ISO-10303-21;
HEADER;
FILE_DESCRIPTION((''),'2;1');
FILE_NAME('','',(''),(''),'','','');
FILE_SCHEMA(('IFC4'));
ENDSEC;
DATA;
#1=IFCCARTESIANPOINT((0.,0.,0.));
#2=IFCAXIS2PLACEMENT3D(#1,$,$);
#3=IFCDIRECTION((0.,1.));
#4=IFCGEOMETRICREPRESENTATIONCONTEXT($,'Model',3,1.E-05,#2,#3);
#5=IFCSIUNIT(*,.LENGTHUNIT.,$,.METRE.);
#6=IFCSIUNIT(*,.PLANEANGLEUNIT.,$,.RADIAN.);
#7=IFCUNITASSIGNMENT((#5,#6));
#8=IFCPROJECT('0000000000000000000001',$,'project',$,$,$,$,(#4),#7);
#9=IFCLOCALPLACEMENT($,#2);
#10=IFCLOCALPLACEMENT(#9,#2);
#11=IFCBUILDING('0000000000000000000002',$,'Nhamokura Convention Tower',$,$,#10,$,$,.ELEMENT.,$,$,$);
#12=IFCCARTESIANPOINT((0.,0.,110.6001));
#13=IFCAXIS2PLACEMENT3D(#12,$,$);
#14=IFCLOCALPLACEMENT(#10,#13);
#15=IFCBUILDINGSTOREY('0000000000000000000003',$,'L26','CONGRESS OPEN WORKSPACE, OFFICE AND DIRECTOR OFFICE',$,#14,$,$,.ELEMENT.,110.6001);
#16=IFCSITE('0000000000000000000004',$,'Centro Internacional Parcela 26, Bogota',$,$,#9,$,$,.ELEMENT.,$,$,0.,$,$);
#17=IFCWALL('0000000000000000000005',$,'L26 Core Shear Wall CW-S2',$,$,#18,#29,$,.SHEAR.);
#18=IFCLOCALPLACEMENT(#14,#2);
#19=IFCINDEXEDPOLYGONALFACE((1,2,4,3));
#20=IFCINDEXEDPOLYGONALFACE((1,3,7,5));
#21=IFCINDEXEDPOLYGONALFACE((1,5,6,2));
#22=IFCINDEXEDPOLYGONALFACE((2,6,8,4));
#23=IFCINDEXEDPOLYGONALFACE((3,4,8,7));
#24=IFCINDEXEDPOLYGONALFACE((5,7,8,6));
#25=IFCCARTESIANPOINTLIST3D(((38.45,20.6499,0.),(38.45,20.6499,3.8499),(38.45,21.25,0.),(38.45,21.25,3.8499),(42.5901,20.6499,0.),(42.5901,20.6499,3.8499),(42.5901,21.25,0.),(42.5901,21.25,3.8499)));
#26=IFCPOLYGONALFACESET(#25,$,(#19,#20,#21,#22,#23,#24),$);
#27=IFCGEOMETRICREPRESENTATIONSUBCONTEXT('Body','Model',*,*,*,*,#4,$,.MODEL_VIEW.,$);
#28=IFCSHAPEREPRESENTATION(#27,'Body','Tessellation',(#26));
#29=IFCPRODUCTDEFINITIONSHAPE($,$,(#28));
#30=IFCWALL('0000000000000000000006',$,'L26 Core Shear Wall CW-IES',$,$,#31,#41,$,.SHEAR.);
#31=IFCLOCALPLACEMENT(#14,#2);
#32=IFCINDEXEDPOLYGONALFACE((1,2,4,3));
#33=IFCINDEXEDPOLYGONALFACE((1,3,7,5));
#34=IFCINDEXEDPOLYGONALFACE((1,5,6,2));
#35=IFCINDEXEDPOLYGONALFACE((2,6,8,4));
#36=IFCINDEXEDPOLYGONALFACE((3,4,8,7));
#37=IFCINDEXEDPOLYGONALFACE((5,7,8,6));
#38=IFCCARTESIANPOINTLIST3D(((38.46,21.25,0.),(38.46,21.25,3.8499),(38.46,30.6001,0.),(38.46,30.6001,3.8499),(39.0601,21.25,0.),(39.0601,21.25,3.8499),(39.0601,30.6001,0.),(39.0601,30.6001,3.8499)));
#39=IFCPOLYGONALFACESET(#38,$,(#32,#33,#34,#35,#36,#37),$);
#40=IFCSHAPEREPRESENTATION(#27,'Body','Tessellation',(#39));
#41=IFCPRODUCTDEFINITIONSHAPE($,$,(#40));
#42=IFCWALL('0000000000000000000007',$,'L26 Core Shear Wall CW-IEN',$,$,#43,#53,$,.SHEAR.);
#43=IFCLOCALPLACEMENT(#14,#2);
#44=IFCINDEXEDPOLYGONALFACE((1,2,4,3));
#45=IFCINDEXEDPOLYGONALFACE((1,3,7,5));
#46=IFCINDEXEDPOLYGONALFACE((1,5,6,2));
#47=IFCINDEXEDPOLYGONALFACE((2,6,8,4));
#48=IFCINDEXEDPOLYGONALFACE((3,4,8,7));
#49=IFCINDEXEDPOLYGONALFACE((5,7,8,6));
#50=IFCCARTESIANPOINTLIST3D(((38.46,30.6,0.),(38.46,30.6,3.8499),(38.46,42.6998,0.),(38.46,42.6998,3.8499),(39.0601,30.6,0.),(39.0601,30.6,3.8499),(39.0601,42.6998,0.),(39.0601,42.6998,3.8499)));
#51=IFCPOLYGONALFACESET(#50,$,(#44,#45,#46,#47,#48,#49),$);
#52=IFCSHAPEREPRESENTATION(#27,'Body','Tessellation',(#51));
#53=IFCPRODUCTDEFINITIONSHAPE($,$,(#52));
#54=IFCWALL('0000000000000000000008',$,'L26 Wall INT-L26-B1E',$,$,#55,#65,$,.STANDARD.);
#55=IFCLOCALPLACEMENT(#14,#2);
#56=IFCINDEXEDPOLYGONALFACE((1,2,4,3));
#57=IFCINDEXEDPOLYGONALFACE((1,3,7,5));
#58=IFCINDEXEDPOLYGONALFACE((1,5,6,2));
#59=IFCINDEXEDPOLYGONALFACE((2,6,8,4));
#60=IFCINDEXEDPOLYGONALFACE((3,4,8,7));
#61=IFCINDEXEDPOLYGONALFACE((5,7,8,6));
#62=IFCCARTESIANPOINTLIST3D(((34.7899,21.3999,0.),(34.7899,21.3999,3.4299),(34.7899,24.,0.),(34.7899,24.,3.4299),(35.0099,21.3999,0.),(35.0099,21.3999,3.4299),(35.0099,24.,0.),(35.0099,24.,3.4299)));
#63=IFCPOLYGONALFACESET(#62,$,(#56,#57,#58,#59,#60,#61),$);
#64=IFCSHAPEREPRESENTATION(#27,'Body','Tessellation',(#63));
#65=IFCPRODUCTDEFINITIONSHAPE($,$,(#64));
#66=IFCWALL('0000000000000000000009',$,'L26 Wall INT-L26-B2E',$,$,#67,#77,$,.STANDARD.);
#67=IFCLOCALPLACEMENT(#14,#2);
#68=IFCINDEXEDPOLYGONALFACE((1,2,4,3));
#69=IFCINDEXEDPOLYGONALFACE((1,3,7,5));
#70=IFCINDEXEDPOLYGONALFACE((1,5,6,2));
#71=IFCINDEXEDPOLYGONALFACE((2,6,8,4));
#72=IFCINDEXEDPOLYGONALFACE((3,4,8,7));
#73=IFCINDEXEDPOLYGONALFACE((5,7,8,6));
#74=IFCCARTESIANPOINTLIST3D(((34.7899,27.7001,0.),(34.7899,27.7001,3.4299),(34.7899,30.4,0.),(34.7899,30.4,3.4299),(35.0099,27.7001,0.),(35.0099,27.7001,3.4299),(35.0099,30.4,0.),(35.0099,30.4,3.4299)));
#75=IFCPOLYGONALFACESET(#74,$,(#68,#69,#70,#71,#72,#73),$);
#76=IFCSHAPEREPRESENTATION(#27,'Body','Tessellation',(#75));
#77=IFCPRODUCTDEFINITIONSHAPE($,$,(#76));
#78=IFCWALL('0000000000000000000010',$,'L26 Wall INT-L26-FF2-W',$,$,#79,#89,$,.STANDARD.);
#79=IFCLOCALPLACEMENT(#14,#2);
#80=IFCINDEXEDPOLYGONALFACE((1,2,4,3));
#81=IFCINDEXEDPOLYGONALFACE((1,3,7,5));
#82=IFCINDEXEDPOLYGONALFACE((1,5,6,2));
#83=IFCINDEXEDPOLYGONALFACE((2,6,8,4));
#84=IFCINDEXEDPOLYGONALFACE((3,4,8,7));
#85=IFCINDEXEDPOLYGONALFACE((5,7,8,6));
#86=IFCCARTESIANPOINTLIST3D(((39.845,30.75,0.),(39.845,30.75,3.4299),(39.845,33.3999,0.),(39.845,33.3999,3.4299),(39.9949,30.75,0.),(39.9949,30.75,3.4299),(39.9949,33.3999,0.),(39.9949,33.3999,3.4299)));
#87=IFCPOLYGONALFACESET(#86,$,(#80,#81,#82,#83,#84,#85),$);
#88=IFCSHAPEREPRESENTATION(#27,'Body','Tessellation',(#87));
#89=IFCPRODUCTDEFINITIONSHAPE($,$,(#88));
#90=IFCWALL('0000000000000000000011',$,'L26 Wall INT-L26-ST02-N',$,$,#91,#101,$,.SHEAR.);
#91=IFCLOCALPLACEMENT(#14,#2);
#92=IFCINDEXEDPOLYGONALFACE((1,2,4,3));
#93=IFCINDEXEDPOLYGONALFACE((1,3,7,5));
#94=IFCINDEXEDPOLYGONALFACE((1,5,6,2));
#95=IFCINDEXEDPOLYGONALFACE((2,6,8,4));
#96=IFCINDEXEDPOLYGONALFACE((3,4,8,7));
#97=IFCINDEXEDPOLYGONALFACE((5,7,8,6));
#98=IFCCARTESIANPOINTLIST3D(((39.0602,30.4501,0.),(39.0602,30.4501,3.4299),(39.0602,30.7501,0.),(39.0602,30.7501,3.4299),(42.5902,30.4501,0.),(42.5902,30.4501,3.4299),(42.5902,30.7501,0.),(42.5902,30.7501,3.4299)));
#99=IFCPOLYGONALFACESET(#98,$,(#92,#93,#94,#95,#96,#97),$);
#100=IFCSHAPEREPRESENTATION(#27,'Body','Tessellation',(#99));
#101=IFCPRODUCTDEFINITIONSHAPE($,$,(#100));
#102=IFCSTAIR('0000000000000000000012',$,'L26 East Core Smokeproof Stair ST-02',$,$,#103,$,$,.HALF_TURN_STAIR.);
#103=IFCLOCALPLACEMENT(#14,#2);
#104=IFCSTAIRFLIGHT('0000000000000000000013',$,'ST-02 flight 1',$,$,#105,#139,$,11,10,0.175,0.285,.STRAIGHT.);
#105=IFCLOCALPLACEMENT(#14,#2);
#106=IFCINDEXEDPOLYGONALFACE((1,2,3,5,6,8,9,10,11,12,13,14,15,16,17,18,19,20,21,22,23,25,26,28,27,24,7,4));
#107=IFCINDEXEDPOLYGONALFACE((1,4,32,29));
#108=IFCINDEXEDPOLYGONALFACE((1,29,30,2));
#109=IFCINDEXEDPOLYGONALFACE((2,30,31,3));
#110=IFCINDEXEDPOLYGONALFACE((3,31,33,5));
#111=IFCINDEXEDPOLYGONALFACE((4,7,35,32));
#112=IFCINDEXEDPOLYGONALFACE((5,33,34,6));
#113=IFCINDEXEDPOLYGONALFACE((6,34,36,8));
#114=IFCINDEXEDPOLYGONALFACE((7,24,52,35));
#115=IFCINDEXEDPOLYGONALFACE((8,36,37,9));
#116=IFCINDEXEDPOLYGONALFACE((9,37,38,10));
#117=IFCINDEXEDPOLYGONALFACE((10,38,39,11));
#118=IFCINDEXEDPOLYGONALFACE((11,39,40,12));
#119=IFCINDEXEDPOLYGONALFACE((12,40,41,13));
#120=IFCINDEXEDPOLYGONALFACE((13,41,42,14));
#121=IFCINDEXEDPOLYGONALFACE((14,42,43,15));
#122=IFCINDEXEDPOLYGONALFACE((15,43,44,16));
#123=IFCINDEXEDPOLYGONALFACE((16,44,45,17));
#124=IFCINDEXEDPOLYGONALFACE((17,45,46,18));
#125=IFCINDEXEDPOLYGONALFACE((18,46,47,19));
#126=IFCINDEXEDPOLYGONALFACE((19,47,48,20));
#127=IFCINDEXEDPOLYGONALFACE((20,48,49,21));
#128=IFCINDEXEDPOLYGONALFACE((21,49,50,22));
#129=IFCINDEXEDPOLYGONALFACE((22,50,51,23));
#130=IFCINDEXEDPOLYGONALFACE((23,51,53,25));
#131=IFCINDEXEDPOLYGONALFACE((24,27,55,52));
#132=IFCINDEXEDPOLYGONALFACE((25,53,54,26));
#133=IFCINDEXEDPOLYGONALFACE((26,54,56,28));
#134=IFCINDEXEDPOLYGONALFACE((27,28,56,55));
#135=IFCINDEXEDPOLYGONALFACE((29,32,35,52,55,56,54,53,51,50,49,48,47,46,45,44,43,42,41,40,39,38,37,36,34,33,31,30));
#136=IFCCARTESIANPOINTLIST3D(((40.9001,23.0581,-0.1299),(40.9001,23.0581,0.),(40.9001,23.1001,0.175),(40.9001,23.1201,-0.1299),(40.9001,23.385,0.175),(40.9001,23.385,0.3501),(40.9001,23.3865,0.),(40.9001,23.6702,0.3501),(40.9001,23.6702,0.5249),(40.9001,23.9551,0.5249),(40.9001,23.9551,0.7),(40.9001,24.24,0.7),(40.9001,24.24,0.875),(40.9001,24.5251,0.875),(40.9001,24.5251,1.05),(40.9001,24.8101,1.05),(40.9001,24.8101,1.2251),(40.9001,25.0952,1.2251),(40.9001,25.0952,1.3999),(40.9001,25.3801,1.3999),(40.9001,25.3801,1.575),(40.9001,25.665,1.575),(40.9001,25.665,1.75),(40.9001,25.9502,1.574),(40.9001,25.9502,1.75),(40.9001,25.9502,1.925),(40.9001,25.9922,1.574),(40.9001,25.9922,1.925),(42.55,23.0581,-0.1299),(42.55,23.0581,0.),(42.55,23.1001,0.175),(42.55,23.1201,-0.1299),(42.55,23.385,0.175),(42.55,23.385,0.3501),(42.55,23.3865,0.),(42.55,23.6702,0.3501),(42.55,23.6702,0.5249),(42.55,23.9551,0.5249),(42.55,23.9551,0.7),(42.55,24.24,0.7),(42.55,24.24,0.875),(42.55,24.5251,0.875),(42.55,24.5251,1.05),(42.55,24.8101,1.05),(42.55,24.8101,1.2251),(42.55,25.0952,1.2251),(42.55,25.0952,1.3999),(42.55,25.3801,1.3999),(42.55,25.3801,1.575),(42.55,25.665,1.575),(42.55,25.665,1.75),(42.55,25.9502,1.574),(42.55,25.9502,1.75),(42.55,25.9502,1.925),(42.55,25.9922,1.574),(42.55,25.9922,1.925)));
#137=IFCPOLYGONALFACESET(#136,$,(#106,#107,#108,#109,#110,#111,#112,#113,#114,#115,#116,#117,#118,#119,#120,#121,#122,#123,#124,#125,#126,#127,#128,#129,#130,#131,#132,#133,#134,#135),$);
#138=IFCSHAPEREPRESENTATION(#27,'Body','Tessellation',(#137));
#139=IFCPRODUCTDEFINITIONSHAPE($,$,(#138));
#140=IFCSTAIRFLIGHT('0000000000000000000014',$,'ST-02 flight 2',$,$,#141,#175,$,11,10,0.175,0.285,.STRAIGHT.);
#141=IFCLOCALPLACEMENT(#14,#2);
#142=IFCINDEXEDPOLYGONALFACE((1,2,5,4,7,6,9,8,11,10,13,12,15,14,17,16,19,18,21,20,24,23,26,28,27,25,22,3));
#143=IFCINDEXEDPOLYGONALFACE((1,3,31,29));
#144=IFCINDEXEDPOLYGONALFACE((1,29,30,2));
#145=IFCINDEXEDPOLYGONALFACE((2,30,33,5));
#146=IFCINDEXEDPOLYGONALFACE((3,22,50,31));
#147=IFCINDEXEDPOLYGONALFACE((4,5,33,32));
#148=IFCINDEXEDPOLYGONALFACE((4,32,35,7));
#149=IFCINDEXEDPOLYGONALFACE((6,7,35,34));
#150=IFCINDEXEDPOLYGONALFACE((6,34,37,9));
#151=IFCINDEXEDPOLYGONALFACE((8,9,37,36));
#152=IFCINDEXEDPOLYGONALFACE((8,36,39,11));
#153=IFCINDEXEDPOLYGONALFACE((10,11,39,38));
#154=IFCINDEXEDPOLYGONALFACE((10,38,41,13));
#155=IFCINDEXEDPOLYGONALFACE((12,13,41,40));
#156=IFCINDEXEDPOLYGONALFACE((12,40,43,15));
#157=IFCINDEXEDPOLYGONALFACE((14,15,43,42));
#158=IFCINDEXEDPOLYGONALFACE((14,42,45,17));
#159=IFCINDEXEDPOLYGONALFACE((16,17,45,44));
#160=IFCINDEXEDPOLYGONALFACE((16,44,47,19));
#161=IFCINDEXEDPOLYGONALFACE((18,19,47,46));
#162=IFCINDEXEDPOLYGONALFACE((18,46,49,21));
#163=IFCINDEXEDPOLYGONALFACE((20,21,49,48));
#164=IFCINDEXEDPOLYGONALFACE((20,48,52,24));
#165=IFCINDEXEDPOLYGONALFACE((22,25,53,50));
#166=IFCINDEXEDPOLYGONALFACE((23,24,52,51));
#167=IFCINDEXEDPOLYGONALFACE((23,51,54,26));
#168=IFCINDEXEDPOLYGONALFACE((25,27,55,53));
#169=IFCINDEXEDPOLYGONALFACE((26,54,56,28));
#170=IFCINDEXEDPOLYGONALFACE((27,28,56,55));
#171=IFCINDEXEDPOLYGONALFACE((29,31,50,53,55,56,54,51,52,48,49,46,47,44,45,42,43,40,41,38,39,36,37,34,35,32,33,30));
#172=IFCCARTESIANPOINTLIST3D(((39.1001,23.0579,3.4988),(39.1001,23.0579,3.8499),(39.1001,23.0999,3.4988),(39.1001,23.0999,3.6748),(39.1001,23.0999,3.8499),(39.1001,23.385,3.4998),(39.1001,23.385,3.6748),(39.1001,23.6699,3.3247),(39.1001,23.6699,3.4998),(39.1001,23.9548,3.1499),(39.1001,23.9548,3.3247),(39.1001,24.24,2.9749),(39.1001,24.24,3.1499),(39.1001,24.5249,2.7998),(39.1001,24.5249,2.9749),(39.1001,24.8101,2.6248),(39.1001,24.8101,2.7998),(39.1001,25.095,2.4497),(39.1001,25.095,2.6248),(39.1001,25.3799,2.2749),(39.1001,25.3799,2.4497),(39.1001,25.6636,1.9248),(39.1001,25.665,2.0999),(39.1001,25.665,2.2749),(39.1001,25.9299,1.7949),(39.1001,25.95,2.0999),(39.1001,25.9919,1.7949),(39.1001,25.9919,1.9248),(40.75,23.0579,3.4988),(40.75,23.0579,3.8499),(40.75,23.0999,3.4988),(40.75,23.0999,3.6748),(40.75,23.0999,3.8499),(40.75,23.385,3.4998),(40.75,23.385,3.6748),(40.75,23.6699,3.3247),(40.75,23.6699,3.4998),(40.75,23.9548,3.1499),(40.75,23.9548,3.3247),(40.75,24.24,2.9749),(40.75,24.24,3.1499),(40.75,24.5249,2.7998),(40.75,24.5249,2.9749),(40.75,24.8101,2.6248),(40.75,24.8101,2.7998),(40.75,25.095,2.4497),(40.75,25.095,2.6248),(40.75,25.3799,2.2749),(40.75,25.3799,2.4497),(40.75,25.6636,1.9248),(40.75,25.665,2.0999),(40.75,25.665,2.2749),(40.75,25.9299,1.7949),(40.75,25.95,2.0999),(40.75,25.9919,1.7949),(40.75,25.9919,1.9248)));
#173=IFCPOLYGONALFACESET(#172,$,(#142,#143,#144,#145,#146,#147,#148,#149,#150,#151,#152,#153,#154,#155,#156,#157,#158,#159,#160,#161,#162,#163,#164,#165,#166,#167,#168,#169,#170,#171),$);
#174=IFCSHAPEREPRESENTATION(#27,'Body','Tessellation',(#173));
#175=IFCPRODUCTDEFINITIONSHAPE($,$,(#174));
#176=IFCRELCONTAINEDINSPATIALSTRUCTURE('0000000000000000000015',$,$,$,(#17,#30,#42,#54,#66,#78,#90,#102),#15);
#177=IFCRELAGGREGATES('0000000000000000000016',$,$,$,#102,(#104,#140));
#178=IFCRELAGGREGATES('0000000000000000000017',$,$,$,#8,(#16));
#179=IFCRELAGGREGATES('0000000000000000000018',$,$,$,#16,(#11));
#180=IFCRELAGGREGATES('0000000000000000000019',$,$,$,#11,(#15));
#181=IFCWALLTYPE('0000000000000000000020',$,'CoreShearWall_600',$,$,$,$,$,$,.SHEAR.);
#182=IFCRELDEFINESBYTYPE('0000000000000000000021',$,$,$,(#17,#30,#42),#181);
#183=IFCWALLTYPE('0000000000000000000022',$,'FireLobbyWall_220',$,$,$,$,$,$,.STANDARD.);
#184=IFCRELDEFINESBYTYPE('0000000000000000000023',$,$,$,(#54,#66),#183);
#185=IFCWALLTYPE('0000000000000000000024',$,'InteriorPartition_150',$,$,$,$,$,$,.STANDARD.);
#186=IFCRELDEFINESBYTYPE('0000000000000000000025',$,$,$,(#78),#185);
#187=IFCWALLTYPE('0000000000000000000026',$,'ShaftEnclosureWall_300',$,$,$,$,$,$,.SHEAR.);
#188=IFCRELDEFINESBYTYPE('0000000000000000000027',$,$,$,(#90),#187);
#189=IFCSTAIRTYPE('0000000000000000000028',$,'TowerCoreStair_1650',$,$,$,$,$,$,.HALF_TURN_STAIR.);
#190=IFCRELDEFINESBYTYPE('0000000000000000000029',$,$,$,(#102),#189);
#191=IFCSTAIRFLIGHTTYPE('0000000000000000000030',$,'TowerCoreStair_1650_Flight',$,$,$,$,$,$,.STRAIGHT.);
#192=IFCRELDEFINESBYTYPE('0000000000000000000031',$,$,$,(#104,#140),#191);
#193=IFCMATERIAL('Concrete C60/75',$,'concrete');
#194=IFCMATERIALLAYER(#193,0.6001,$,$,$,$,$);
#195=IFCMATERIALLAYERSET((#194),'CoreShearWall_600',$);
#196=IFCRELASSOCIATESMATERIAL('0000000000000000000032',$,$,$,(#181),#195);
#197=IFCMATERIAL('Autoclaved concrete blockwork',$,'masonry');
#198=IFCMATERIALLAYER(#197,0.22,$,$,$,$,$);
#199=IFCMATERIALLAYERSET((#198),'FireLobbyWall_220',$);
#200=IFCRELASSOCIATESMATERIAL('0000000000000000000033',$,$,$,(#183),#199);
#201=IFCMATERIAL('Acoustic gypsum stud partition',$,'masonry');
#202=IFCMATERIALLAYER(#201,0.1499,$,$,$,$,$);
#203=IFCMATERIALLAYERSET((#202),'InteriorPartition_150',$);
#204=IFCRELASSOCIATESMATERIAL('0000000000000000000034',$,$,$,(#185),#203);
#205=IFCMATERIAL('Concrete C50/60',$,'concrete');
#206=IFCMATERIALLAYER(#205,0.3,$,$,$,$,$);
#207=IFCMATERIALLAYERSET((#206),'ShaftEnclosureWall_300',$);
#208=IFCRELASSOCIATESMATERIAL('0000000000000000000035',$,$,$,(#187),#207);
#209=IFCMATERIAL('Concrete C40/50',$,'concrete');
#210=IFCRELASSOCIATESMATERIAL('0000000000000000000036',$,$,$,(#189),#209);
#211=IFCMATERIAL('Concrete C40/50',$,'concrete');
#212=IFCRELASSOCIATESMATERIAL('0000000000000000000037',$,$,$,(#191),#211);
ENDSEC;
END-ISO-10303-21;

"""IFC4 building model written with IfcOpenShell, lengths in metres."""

from ifc_helpers import new_model, si_unit, direction, frame, frame_2d, origin, place, context, subcontext, project, spatial, polyline, rectangle, outline, extrude, material, layer, layer_set, type_object, element, aggregate, save


model = new_model("IFC4")

# Units and contexts
model_context = context("Model", 3, precision=1e-05, world=origin(), true_north=direction((0.0, 1.0)))
body_context = subcontext(model_context, "Body", "Model", "MODEL_VIEW")
ifc_project = project(units=[si_unit("LENGTHUNIT", "METRE"), si_unit("PLANEANGLEUNIT", "RADIAN")], contexts=[model_context])

# Site, building, storey
site_placement = place(None, origin())
site = spatial("IfcSite", under=ifc_project, at=site_placement, Name="Centro Internacional Parcela 26, Bogota", CompositionType="ELEMENT", RefElevation=0.0)
building_placement = place(site_placement, origin())
building = spatial("IfcBuilding", under=site, at=building_placement, Name="Nhamokura Convention Tower", CompositionType="ELEMENT")
storey_placement = place(building_placement, frame((0.0, 0.0, 110.6001)))
storey = spatial("IfcBuildingStorey", under=building, at=storey_placement, Name="L26", Description="CONGRESS OPEN WORKSPACE, OFFICE AND DIRECTOR OFFICE", CompositionType="ELEMENT", Elevation=110.6001)

# Shared definitions
ifc_material_1 = material(Name="Concrete C60/75", Category="concrete")
ifc_layer_1 = layer(ifc_material_1, 0.6001)
ifc_layer_set_1 = layer_set([ifc_layer_1], Name="CoreShearWall_600")
wall_type_1 = type_object("IfcWallType", Name="CoreShearWall_600", PredefinedType="SHEAR", material=ifc_layer_set_1)

# Walls
wall_1_placement = place(storey_placement, frame((38.45, 20.95, 0.0), z_axis=(0.0, 0.0, 1.0), x_axis=(1.0, 0.0, 0.0)))
element("IfcWall", 1, at=wall_1_placement, inside=storey, type_object=wall_type_1, Name="L26 Core Shear Wall CW-S2", PredefinedType="SHEAR", context=body_context, shape_type="SweptSolid", body=[
    extrude(rectangle(XDim=4.1401, YDim=0.6001, at=frame_2d((2.0701, 0.0))), origin(), (0.0, 0.0, 1.0), 3.8499),
])
wall_2_placement = place(storey_placement, frame((38.76, 21.25, 0.0), z_axis=(0.0, 0.0, 1.0), x_axis=(0.0, 1.0, 0.0)))
element("IfcWall", 2, at=wall_2_placement, inside=storey, type_object=wall_type_1, Name="L26 Core Shear Wall CW-IES", PredefinedType="SHEAR", context=body_context, shape_type="SweptSolid", body=[
    extrude(rectangle(XDim=9.3501, YDim=0.6001, at=frame_2d((4.675, 0.0))), origin(), (0.0, 0.0, 1.0), 3.8499),
])
wall_3_placement = place(storey_placement, frame((38.76, 30.6001, 0.0), z_axis=(0.0, 0.0, 1.0), x_axis=(0.0, 1.0, 0.0)))
element("IfcWall", 3, at=wall_3_placement, inside=storey, type_object=wall_type_1, Name="L26 Core Shear Wall CW-IEN", PredefinedType="SHEAR", context=body_context, shape_type="SweptSolid", body=[
    extrude(rectangle(XDim=12.0999, YDim=0.6001, at=frame_2d((6.0498, 0.0))), origin(), (0.0, 0.0, 1.0), 3.8499),
])
ifc_material_2 = material(Name="Autoclaved concrete blockwork", Category="masonry")
ifc_layer_2 = layer(ifc_material_2, 0.22)
ifc_layer_set_2 = layer_set([ifc_layer_2], Name="FireLobbyWall_220")
wall_type_2 = type_object("IfcWallType", Name="FireLobbyWall_220", PredefinedType="STANDARD", material=ifc_layer_set_2)
wall_4_placement = place(storey_placement, frame((34.8999, 21.3999, 0.0), z_axis=(0.0, 0.0, 1.0), x_axis=(0.0, 1.0, 0.0)))
element("IfcWall", 4, at=wall_4_placement, inside=storey, type_object=wall_type_2, Name="L26 Wall INT-L26-B1E", PredefinedType="STANDARD", context=body_context, shape_type="SweptSolid", body=[
    extrude(rectangle(XDim=2.6001, YDim=0.22, at=frame_2d((1.3, 0.0))), origin(), (0.0, 0.0, 1.0), 3.4299),
])
wall_5_placement = place(storey_placement, frame((34.8999, 27.7, 0.0), z_axis=(0.0, 0.0, 1.0), x_axis=(0.0, 1.0, 0.0)))
element("IfcWall", 5, at=wall_5_placement, inside=storey, type_object=wall_type_2, Name="L26 Wall INT-L26-B2E", PredefinedType="STANDARD", context=body_context, shape_type="SweptSolid", body=[
    extrude(rectangle(XDim=2.7, YDim=0.22, at=frame_2d((1.3501, 0.0))), origin(), (0.0, 0.0, 1.0), 3.4299),
])
ifc_material_3 = material(Name="Acoustic gypsum stud partition", Category="masonry")
ifc_layer_3 = layer(ifc_material_3, 0.1499)
ifc_layer_set_3 = layer_set([ifc_layer_3], Name="InteriorPartition_150")
wall_type_3 = type_object("IfcWallType", Name="InteriorPartition_150", PredefinedType="STANDARD", material=ifc_layer_set_3)
wall_6_placement = place(storey_placement, frame((39.9199, 30.75, 0.0), z_axis=(0.0, 0.0, 1.0), x_axis=(0.0, 1.0, 0.0)))
element("IfcWall", 6, at=wall_6_placement, inside=storey, type_object=wall_type_3, Name="L26 Wall INT-L26-FF2-W", PredefinedType="STANDARD", context=body_context, shape_type="SweptSolid", body=[
    extrude(rectangle(XDim=2.6499, YDim=0.1499, at=frame_2d((1.325, 0.0))), origin(), (0.0, 0.0, 1.0), 3.4299),
])
ifc_material_4 = material(Name="Concrete C50/60", Category="concrete")
ifc_layer_4 = layer(ifc_material_4, 0.3)
ifc_layer_set_4 = layer_set([ifc_layer_4], Name="ShaftEnclosureWall_300")
wall_type_4 = type_object("IfcWallType", Name="ShaftEnclosureWall_300", PredefinedType="SHEAR", material=ifc_layer_set_4)
wall_7_placement = place(storey_placement, frame((39.0601, 30.6001, 0.0), z_axis=(0.0, 0.0, 1.0), x_axis=(1.0, 0.0, 0.0)))
element("IfcWall", 7, at=wall_7_placement, inside=storey, type_object=wall_type_4, Name="L26 Wall INT-L26-ST02-N", PredefinedType="SHEAR", context=body_context, shape_type="SweptSolid", body=[
    extrude(rectangle(XDim=3.53, YDim=0.3, at=frame_2d((1.7651, 0.0))), origin(), (0.0, 0.0, 1.0), 3.4299),
])

# Stair, stair flights
ifc_material_5 = material(Name="Concrete C40/50", Category="concrete")
stair_type = type_object("IfcStairType", Name="TowerCoreStair_1650", PredefinedType="HALF_TURN_STAIR", material=ifc_material_5)
stair_placement = place(storey_placement, origin())
stair = element("IfcStair", 8, at=stair_placement, inside=storey, type_object=stair_type, Name="L26 East Core Smokeproof Stair ST-02", PredefinedType="HALF_TURN_STAIR")
ifc_material_6 = material(Name="Concrete C40/50", Category="concrete")
stair_flight_type = type_object("IfcStairFlightType", Name="TowerCoreStair_1650_Flight", PredefinedType="STRAIGHT", material=ifc_material_6)
stair_flight_1_placement = place(storey_placement, frame((41.7251, 23.1001, 0.0), z_axis=(0.0, 0.0, 1.0), x_axis=(0.0, 1.0, 0.0)))
stair_flight_1 = element("IfcStairFlight", 9, at=stair_flight_1_placement, type_object=stair_flight_type, Name="ST-02 flight 1", NumberOfRisers=11, NumberOfTreads=10, PredefinedType="STRAIGHT", RiserHeight=0.175, TreadLength=0.285, context=body_context, shape_type="SweptSolid", body=[
    extrude(outline(polyline([(-0.042, 0.0), (0.0, 0.175), (0.2849, 0.175), (0.2849, 0.3501), (0.5701, 0.3501), (0.5701, 0.5249), (0.855, 0.5249), (0.855, 0.7), (1.1399, 0.7), (1.1399, 0.875), (1.425, 0.875), (1.425, 1.05), (1.71, 1.05), (1.71, 1.2251), (1.9951, 1.2251), (1.9951, 1.3999), (2.28, 1.3999), (2.28, 1.575), (2.5649, 1.575), (2.5649, 1.75), (2.8501, 1.75), (2.8501, 1.925), (2.8921, 1.925), (2.8921, 1.574), (2.8501, 1.574), (0.2864, 0.0), (0.02, -0.1299), (-0.042, -0.1299), (-0.042, 0.0)])), frame((0.0, 0.825, 0.0), z_axis=(0.0, -1.0, 0.0), x_axis=(1.0, 0.0, 0.0)), (0.0, 0.0, 1.0), 1.6499),
])
stair_flight_2_placement = place(storey_placement, frame((39.925, 25.95, 1.9248), z_axis=(0.0, 0.0, 1.0), x_axis=(0.0, -1.0, 0.0)))
stair_flight_2 = element("IfcStairFlight", 10, at=stair_flight_2_placement, type_object=stair_flight_type, Name="ST-02 flight 2", NumberOfRisers=11, NumberOfTreads=10, PredefinedType="STRAIGHT", RiserHeight=0.175, TreadLength=0.285, context=body_context, shape_type="SweptSolid", body=[
    extrude(outline(polyline([(-0.042, 0.0), (0.0, 0.175), (0.2849, 0.175), (0.2849, 0.3501), (0.5701, 0.3501), (0.5701, 0.5249), (0.855, 0.5249), (0.855, 0.7), (1.1399, 0.7), (1.1399, 0.875), (1.425, 0.875), (1.425, 1.05), (1.71, 1.05), (1.71, 1.2251), (1.9951, 1.2251), (1.9951, 1.3999), (2.28, 1.3999), (2.28, 1.575), (2.5649, 1.575), (2.5649, 1.75), (2.8501, 1.75), (2.8501, 1.925), (2.8921, 1.925), (2.8921, 1.574), (2.8501, 1.574), (0.2864, 0.0), (0.02, -0.1299), (-0.042, -0.1299), (-0.042, 0.0)])), frame((0.0, 0.825, 0.0), z_axis=(0.0, -1.0, 0.0), x_axis=(1.0, 0.0, 0.0)), (0.0, 0.0, 1.0), 1.6499),
])
aggregate(stair, [stair_flight_1, stair_flight_2])

save(model, "model.ifc")
